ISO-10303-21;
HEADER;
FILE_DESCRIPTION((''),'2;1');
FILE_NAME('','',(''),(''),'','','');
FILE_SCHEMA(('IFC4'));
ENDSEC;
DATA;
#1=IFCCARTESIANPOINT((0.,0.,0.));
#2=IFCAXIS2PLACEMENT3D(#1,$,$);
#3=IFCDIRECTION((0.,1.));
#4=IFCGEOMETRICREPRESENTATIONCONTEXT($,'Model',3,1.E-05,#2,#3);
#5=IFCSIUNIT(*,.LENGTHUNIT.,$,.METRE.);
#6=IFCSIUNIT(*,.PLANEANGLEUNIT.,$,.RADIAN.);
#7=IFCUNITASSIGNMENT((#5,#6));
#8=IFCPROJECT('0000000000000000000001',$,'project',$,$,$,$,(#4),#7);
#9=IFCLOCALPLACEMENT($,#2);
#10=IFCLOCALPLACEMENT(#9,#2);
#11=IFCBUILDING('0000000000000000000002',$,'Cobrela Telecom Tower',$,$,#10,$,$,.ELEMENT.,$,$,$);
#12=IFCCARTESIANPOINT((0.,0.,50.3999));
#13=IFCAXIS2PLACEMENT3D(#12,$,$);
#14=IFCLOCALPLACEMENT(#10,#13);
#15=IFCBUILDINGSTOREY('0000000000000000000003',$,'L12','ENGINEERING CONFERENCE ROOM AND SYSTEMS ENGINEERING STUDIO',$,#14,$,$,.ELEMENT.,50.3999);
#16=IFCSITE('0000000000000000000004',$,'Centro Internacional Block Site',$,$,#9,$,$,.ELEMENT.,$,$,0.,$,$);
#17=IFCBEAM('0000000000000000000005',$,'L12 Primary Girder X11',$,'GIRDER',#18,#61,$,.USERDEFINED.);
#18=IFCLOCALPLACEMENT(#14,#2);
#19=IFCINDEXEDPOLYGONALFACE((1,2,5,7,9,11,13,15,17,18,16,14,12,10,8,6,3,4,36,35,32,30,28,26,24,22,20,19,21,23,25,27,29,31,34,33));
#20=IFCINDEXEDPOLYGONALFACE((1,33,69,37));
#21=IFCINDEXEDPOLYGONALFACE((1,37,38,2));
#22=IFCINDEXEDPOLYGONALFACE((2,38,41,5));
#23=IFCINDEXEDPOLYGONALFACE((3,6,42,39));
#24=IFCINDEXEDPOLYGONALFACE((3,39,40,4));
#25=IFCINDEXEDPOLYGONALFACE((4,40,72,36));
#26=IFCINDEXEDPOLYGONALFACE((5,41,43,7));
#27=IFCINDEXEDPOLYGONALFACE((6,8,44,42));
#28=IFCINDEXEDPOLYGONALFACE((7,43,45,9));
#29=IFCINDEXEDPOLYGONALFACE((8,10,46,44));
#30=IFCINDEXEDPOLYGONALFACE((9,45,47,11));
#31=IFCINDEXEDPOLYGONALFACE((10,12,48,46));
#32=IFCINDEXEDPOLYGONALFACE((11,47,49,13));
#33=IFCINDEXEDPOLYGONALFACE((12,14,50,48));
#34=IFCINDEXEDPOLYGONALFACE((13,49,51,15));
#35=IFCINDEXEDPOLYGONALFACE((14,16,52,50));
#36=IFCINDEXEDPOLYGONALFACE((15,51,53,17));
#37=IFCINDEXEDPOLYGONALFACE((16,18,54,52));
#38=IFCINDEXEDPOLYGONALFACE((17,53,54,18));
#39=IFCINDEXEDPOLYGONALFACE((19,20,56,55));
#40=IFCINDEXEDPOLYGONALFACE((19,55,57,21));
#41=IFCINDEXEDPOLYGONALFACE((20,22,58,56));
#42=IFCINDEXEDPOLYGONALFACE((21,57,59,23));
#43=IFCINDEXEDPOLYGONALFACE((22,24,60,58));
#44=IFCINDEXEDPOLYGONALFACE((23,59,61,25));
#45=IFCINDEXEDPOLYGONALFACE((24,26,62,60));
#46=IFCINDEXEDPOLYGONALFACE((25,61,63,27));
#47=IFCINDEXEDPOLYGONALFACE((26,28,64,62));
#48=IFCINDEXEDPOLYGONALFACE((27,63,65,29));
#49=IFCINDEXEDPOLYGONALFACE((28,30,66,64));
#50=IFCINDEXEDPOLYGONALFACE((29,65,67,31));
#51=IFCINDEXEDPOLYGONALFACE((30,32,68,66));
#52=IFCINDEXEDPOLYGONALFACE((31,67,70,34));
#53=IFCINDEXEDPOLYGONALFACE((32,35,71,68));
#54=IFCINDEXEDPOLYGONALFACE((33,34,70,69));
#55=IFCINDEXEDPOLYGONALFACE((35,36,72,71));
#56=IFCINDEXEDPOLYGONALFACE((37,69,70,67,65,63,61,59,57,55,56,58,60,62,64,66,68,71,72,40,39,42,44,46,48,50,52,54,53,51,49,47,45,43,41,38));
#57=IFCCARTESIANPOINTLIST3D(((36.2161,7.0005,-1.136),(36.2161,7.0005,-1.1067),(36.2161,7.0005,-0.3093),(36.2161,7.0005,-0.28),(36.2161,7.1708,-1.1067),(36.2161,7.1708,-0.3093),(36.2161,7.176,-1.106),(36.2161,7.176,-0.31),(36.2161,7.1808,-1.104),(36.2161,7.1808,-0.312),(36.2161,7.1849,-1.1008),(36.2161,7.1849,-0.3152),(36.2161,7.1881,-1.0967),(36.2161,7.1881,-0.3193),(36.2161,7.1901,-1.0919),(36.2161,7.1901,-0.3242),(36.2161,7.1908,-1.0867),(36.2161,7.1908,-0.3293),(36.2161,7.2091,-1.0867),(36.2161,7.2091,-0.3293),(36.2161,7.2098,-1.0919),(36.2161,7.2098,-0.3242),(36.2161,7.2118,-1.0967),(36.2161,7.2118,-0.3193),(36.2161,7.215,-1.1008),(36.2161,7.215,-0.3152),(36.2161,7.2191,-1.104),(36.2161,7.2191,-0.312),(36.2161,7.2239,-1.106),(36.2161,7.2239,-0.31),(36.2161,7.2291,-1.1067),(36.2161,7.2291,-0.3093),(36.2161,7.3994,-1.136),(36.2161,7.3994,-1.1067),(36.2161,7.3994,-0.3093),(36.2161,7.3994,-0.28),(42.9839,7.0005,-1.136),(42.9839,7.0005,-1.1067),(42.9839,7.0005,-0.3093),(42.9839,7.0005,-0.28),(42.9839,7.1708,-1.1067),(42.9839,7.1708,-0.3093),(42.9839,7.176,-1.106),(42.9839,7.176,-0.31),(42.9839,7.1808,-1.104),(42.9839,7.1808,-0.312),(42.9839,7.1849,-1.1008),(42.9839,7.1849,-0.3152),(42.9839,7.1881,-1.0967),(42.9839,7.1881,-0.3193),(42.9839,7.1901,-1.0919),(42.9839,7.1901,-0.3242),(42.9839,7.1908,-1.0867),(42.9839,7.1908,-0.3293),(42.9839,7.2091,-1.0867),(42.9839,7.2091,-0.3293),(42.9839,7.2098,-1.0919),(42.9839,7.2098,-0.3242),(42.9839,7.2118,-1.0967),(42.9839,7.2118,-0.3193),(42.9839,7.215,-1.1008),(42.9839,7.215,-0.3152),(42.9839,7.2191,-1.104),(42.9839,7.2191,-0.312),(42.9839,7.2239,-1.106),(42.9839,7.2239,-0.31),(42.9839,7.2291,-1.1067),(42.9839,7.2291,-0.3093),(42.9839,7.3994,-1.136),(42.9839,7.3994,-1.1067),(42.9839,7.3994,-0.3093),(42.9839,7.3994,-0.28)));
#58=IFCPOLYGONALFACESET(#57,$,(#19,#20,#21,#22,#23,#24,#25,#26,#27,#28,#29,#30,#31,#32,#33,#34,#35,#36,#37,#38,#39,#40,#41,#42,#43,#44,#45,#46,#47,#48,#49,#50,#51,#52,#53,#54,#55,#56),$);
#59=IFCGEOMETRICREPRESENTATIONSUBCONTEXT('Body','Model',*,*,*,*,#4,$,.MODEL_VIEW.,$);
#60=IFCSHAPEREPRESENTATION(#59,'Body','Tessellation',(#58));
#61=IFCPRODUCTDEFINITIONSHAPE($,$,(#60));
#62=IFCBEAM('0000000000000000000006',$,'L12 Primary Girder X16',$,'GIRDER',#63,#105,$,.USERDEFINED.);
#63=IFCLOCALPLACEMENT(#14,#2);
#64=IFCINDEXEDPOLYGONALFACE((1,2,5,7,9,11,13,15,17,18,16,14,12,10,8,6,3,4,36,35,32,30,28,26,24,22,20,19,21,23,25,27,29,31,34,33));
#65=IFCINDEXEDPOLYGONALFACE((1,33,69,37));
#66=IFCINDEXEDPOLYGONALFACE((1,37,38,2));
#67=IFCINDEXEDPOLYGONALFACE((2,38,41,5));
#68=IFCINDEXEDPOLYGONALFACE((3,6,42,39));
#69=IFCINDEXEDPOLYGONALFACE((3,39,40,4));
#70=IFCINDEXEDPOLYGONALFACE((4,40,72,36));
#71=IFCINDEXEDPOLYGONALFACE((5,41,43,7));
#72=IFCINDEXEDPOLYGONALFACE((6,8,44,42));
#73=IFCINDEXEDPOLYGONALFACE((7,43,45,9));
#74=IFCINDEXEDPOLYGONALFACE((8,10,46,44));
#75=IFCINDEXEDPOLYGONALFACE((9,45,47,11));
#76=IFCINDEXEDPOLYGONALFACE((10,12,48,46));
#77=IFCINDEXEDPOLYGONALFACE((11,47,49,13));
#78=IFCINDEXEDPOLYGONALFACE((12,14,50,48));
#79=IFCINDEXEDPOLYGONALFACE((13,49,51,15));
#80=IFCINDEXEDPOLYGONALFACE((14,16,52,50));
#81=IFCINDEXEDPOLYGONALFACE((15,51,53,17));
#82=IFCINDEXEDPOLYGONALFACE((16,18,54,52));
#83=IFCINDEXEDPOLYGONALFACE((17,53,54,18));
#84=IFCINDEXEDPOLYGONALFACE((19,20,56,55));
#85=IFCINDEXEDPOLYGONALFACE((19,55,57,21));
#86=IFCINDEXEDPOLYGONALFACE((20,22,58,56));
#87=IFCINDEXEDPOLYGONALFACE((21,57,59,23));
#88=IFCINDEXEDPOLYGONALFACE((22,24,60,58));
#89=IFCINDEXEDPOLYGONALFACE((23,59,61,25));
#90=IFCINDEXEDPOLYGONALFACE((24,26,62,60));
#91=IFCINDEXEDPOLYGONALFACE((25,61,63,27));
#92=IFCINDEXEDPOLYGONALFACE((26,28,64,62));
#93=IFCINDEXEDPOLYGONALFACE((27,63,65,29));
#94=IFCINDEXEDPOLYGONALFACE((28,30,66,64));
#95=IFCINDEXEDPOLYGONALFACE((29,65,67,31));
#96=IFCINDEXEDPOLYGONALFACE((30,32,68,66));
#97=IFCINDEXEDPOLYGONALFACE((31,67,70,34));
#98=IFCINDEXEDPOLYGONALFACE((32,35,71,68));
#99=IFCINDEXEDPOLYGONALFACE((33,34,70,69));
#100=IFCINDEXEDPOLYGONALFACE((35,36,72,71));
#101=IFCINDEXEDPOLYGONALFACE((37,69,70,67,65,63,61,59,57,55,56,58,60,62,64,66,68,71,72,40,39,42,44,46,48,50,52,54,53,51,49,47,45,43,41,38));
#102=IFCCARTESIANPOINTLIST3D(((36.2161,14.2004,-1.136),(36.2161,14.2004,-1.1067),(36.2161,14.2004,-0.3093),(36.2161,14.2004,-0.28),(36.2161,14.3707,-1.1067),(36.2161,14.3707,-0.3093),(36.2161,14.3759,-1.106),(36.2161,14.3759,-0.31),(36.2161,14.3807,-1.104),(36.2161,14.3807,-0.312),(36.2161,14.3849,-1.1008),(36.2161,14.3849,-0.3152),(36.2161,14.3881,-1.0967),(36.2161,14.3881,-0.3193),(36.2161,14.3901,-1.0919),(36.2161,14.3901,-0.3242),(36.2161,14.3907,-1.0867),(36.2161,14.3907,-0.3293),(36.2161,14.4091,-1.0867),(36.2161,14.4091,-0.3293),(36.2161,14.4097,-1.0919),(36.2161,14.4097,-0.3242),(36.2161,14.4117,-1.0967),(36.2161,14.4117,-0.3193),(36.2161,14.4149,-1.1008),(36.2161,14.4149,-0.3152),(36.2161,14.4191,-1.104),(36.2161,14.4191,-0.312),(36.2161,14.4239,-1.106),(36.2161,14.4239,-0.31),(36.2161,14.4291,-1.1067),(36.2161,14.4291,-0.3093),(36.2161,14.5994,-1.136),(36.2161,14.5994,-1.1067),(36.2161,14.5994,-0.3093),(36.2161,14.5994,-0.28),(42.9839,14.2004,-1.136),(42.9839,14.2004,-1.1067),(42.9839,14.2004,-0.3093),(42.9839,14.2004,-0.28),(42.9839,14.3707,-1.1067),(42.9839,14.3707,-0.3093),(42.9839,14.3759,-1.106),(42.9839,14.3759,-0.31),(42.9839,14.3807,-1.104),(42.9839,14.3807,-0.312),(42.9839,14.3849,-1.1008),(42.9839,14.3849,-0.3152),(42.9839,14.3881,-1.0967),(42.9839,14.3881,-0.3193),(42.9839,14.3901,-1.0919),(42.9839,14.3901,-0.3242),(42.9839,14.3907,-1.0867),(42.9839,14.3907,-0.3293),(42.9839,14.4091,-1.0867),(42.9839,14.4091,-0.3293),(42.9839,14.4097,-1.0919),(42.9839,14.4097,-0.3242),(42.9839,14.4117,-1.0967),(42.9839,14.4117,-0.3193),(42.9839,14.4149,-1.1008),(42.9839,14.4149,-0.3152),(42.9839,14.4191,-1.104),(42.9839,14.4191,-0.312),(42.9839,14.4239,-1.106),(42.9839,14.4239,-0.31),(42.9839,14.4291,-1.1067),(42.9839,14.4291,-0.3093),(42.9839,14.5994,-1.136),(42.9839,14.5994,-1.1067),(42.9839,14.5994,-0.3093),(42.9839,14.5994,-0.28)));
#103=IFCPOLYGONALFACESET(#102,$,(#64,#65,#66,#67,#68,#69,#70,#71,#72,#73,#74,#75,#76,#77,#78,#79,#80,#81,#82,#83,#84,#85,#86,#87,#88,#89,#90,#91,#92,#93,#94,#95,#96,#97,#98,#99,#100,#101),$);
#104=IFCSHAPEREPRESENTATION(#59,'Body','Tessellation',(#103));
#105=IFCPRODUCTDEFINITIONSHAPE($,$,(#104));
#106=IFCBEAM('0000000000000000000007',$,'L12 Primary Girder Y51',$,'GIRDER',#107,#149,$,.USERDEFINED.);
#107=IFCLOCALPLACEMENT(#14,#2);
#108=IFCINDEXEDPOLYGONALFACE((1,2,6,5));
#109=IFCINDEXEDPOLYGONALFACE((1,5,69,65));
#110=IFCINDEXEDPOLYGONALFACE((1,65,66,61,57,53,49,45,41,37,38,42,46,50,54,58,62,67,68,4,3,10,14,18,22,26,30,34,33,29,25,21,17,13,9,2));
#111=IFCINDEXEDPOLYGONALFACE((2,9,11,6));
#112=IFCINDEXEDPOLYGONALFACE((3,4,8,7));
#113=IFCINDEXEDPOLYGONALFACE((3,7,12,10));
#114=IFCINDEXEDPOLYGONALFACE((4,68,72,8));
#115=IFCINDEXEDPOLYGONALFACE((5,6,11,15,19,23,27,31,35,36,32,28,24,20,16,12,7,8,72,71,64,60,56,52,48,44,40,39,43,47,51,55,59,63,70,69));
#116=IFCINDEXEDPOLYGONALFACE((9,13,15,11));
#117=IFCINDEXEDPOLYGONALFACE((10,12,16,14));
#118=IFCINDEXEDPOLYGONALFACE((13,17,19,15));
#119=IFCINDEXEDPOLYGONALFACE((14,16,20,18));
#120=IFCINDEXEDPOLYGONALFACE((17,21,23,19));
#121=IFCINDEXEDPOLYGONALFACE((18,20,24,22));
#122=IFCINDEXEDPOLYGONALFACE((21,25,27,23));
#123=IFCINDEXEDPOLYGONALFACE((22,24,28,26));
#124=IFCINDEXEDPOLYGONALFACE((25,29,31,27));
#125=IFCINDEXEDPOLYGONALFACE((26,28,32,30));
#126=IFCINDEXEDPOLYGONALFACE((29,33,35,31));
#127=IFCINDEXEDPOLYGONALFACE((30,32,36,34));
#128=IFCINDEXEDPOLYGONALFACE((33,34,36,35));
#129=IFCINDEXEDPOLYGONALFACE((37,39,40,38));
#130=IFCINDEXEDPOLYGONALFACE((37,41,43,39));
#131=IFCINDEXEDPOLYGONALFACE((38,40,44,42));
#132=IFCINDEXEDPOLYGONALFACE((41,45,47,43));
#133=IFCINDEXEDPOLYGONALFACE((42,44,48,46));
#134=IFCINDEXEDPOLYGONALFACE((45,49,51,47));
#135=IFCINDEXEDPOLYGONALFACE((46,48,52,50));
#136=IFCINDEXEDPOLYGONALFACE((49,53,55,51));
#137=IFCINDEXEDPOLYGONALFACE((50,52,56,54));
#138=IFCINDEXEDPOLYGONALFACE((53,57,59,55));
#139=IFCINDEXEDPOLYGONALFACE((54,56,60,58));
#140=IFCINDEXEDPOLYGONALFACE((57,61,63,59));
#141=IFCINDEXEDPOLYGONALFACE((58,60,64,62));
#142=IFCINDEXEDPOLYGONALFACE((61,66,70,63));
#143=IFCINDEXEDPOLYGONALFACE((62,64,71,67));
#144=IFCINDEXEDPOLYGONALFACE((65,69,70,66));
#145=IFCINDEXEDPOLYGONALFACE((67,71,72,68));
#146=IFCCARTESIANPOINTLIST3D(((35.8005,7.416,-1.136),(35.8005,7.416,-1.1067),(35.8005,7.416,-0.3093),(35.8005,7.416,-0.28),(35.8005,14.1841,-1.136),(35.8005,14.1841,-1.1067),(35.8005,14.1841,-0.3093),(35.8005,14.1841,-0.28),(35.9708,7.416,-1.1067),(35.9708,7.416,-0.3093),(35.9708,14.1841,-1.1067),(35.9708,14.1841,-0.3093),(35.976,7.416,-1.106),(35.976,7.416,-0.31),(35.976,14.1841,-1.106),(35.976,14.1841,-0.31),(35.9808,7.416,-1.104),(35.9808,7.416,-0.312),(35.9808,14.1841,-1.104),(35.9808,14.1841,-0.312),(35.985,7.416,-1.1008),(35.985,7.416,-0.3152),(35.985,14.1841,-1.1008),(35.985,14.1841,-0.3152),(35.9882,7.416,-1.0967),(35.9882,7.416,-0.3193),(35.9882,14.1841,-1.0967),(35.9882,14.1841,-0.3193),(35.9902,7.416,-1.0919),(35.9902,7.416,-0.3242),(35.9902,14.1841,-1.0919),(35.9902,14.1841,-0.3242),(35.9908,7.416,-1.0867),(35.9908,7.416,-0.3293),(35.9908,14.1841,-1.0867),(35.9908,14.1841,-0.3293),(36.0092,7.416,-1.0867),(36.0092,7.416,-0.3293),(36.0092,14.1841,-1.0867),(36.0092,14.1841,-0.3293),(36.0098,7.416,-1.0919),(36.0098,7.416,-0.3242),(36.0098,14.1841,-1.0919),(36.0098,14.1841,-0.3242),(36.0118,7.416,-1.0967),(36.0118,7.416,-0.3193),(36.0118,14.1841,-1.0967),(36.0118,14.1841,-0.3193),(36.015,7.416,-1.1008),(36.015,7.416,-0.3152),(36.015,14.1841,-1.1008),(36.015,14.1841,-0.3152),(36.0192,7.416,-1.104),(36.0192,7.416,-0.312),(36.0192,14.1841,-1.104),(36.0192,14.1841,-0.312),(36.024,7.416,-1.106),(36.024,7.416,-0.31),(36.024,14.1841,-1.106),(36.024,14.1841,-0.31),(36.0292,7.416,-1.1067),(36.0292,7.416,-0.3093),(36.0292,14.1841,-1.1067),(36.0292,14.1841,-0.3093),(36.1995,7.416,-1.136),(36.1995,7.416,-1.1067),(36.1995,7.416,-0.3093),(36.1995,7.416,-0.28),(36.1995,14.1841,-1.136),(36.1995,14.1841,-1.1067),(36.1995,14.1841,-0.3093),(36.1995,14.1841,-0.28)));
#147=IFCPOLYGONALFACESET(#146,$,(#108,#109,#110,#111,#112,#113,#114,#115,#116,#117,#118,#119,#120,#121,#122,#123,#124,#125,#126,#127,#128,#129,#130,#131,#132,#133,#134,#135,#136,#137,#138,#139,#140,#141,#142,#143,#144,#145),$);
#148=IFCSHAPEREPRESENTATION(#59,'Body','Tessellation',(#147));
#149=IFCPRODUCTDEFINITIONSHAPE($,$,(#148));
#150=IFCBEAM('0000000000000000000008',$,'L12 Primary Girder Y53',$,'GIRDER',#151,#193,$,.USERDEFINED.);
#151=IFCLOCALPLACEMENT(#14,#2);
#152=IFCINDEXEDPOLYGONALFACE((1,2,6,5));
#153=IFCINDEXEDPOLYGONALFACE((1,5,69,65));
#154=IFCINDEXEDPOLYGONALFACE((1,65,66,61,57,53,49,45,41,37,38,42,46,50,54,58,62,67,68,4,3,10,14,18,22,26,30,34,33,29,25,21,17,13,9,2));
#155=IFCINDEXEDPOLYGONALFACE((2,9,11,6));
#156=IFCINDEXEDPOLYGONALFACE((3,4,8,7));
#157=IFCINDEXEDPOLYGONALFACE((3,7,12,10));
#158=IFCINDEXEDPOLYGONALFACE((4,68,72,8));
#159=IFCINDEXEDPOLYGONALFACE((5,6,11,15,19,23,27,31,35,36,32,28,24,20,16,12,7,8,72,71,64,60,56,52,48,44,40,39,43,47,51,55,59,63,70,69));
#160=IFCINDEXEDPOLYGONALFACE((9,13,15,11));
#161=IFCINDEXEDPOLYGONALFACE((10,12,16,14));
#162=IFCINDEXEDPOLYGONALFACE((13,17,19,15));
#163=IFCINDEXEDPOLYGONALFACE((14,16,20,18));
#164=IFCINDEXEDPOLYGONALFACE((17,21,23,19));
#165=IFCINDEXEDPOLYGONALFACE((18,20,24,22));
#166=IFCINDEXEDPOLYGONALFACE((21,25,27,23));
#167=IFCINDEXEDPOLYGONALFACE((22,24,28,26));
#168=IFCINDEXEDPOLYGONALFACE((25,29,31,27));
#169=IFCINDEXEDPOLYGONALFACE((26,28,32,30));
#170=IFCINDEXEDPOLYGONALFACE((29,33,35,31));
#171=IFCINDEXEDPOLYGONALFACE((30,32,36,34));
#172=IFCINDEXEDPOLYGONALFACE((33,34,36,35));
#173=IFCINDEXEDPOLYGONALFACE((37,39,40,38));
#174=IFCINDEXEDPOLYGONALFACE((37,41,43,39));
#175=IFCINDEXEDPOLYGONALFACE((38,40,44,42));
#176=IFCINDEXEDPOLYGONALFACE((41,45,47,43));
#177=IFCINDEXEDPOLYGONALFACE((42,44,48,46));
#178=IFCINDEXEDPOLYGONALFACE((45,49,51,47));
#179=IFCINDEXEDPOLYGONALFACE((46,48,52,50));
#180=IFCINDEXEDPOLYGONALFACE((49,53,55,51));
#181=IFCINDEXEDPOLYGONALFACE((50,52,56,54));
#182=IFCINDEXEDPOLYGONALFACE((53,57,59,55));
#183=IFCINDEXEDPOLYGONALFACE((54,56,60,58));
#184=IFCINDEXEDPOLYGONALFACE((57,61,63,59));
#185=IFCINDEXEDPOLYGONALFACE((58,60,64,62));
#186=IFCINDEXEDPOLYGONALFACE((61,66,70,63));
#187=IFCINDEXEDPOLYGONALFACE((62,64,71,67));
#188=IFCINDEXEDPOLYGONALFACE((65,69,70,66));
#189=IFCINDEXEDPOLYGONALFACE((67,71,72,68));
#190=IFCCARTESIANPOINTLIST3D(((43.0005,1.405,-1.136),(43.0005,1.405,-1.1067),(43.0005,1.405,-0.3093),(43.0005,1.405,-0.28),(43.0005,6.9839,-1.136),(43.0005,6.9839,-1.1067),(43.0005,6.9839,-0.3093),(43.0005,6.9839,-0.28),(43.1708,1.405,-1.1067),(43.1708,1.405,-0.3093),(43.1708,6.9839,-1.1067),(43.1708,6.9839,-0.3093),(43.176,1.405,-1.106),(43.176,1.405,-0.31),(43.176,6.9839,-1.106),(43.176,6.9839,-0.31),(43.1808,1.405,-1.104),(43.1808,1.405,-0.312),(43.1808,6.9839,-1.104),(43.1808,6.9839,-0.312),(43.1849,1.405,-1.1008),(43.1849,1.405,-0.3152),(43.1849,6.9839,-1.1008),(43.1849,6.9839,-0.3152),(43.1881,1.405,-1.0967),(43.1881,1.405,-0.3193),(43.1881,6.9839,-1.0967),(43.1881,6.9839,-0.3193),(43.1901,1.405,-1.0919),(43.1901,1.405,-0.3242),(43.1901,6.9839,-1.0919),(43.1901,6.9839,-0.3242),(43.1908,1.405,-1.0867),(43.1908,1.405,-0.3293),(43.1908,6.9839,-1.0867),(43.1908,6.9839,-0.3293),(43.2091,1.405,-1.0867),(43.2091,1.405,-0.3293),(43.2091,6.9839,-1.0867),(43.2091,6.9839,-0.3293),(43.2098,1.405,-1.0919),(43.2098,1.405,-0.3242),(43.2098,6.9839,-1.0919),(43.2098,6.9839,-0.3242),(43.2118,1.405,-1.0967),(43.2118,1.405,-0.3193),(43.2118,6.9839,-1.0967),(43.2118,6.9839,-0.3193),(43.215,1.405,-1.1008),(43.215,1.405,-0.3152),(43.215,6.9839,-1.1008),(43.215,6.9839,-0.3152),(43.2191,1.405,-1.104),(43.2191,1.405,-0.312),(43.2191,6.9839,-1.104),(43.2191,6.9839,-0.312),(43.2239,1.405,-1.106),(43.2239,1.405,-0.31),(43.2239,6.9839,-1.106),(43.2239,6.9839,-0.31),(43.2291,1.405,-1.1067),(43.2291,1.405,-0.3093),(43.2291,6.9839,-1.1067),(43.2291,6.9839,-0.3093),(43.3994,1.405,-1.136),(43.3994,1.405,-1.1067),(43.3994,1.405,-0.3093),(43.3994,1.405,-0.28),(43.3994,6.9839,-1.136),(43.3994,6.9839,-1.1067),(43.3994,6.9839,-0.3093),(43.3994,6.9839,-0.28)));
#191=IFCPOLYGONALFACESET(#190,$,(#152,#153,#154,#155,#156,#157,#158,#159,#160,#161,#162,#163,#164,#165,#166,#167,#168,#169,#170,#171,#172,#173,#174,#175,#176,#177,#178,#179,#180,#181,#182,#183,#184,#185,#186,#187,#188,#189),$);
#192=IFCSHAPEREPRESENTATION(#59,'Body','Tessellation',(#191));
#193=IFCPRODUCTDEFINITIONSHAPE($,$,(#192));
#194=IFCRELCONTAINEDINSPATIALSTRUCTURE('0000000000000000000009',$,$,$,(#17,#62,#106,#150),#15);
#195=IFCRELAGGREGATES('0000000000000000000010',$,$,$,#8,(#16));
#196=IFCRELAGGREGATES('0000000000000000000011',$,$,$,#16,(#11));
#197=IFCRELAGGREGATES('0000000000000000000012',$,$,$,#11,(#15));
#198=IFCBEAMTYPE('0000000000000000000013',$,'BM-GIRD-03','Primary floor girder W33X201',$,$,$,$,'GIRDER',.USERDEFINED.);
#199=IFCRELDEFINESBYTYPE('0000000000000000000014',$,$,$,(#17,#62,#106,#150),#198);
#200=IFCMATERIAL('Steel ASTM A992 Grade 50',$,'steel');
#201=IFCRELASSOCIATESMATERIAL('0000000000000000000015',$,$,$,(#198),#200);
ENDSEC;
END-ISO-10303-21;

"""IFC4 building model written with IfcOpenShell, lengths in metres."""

from ifc_helpers import new_model, si_unit, direction, frame, origin, origin_2d, place, context, subcontext, project, spatial, i_section, extrude, material, material_profile, profile_set, type_object, element, save


model = new_model("IFC4")

# Units and contexts
model_context = context("Model", 3, precision=1e-05, world=origin(), true_north=direction((0.0, 1.0)))
body_context = subcontext(model_context, "Body", "Model", "MODEL_VIEW")
ifc_project = project(units=[si_unit("LENGTHUNIT", "METRE"), si_unit("PLANEANGLEUNIT", "RADIAN")], contexts=[model_context])

# Site, building, storey
site_placement = place(None, origin())
site = spatial("IfcSite", under=ifc_project, at=site_placement, Name="Centro Internacional Block Site", CompositionType="ELEMENT", RefElevation=0.0)
building_placement = place(site_placement, origin())
building = spatial("IfcBuilding", under=site, at=building_placement, Name="Cobrela Telecom Tower", CompositionType="ELEMENT")
storey_placement = place(building_placement, frame((0.0, 0.0, 50.3999)))
storey = spatial("IfcBuildingStorey", under=building, at=storey_placement, Name="L12", Description="ENGINEERING CONFERENCE ROOM AND SYSTEMS ENGINEERING STUDIO", CompositionType="ELEMENT", Elevation=50.3999)

# Shared definitions
ifc_material_1 = material(Name="Steel ASTM A992 Grade 50", Category="steel")

# Beams
ifc_material_profile_1 = material_profile(ifc_material_1, i_section(OverallWidth=0.3989, OverallDepth=0.856, WebThickness=0.0183, FlangeThickness=0.0293, FilletRadius=0.02, at=origin_2d()), Name="W33X201")
ifc_profile_set_1 = profile_set([ifc_material_profile_1], Name="Steel ASTM A992 Grade 50")
beam_type_1 = type_object("IfcBeamType", Name="BM-GIRD-03", Description="Primary floor girder W33X201", ElementType="GIRDER", PredefinedType="USERDEFINED", material=ifc_profile_set_1)
for number, where, z_axis, x_axis, name in (
    (1, (36.2161, 7.2, -0.708), (1.0, 0.0, 0.0), (0.0, 1.0, 0.0), "L12 Primary Girder X11"),
    (2, (36.2161, 14.3999, -0.708), (1.0, 0.0, 0.0), (0.0, 1.0, 0.0), "L12 Primary Girder X16"),
):
    element("IfcBeam", number, at=place(storey_placement, frame(where, z_axis=z_axis, x_axis=x_axis)), inside=storey, type_object=beam_type_1, Name=name, ObjectType="GIRDER", PredefinedType="USERDEFINED", context=body_context, shape_type="SweptSolid", body=[
        extrude(i_section(OverallWidth=0.3989, OverallDepth=0.856, WebThickness=0.0183, FlangeThickness=0.0293, FilletRadius=0.02, at=origin_2d()), origin(), (0.0, 0.0, 1.0), 6.7678),
    ])
beam_1_placement = place(storey_placement, frame((36.0, 7.416, -0.708), z_axis=(0.0, 1.0, 0.0), x_axis=(-1.0, 0.0, 0.0)))
element("IfcBeam", 3, at=beam_1_placement, inside=storey, type_object=beam_type_1, Name="L12 Primary Girder Y51", ObjectType="GIRDER", PredefinedType="USERDEFINED", context=body_context, shape_type="SweptSolid", body=[
    extrude(i_section(OverallWidth=0.3989, OverallDepth=0.856, WebThickness=0.0183, FlangeThickness=0.0293, FilletRadius=0.02, at=origin_2d()), origin(), (0.0, 0.0, 1.0), 6.7681),
])
beam_2_placement = place(storey_placement, frame((43.2, 1.405, -0.708), z_axis=(0.0, 1.0, 0.0), x_axis=(-1.0, 0.0, 0.0)))
element("IfcBeam", 4, at=beam_2_placement, inside=storey, type_object=beam_type_1, Name="L12 Primary Girder Y53", ObjectType="GIRDER", PredefinedType="USERDEFINED", context=body_context, shape_type="SweptSolid", body=[
    extrude(i_section(OverallWidth=0.3989, OverallDepth=0.856, WebThickness=0.0183, FlangeThickness=0.0293, FilletRadius=0.02, at=origin_2d()), origin(), (0.0, 0.0, 1.0), 5.5789),
])

save(model, "model.ifc")
